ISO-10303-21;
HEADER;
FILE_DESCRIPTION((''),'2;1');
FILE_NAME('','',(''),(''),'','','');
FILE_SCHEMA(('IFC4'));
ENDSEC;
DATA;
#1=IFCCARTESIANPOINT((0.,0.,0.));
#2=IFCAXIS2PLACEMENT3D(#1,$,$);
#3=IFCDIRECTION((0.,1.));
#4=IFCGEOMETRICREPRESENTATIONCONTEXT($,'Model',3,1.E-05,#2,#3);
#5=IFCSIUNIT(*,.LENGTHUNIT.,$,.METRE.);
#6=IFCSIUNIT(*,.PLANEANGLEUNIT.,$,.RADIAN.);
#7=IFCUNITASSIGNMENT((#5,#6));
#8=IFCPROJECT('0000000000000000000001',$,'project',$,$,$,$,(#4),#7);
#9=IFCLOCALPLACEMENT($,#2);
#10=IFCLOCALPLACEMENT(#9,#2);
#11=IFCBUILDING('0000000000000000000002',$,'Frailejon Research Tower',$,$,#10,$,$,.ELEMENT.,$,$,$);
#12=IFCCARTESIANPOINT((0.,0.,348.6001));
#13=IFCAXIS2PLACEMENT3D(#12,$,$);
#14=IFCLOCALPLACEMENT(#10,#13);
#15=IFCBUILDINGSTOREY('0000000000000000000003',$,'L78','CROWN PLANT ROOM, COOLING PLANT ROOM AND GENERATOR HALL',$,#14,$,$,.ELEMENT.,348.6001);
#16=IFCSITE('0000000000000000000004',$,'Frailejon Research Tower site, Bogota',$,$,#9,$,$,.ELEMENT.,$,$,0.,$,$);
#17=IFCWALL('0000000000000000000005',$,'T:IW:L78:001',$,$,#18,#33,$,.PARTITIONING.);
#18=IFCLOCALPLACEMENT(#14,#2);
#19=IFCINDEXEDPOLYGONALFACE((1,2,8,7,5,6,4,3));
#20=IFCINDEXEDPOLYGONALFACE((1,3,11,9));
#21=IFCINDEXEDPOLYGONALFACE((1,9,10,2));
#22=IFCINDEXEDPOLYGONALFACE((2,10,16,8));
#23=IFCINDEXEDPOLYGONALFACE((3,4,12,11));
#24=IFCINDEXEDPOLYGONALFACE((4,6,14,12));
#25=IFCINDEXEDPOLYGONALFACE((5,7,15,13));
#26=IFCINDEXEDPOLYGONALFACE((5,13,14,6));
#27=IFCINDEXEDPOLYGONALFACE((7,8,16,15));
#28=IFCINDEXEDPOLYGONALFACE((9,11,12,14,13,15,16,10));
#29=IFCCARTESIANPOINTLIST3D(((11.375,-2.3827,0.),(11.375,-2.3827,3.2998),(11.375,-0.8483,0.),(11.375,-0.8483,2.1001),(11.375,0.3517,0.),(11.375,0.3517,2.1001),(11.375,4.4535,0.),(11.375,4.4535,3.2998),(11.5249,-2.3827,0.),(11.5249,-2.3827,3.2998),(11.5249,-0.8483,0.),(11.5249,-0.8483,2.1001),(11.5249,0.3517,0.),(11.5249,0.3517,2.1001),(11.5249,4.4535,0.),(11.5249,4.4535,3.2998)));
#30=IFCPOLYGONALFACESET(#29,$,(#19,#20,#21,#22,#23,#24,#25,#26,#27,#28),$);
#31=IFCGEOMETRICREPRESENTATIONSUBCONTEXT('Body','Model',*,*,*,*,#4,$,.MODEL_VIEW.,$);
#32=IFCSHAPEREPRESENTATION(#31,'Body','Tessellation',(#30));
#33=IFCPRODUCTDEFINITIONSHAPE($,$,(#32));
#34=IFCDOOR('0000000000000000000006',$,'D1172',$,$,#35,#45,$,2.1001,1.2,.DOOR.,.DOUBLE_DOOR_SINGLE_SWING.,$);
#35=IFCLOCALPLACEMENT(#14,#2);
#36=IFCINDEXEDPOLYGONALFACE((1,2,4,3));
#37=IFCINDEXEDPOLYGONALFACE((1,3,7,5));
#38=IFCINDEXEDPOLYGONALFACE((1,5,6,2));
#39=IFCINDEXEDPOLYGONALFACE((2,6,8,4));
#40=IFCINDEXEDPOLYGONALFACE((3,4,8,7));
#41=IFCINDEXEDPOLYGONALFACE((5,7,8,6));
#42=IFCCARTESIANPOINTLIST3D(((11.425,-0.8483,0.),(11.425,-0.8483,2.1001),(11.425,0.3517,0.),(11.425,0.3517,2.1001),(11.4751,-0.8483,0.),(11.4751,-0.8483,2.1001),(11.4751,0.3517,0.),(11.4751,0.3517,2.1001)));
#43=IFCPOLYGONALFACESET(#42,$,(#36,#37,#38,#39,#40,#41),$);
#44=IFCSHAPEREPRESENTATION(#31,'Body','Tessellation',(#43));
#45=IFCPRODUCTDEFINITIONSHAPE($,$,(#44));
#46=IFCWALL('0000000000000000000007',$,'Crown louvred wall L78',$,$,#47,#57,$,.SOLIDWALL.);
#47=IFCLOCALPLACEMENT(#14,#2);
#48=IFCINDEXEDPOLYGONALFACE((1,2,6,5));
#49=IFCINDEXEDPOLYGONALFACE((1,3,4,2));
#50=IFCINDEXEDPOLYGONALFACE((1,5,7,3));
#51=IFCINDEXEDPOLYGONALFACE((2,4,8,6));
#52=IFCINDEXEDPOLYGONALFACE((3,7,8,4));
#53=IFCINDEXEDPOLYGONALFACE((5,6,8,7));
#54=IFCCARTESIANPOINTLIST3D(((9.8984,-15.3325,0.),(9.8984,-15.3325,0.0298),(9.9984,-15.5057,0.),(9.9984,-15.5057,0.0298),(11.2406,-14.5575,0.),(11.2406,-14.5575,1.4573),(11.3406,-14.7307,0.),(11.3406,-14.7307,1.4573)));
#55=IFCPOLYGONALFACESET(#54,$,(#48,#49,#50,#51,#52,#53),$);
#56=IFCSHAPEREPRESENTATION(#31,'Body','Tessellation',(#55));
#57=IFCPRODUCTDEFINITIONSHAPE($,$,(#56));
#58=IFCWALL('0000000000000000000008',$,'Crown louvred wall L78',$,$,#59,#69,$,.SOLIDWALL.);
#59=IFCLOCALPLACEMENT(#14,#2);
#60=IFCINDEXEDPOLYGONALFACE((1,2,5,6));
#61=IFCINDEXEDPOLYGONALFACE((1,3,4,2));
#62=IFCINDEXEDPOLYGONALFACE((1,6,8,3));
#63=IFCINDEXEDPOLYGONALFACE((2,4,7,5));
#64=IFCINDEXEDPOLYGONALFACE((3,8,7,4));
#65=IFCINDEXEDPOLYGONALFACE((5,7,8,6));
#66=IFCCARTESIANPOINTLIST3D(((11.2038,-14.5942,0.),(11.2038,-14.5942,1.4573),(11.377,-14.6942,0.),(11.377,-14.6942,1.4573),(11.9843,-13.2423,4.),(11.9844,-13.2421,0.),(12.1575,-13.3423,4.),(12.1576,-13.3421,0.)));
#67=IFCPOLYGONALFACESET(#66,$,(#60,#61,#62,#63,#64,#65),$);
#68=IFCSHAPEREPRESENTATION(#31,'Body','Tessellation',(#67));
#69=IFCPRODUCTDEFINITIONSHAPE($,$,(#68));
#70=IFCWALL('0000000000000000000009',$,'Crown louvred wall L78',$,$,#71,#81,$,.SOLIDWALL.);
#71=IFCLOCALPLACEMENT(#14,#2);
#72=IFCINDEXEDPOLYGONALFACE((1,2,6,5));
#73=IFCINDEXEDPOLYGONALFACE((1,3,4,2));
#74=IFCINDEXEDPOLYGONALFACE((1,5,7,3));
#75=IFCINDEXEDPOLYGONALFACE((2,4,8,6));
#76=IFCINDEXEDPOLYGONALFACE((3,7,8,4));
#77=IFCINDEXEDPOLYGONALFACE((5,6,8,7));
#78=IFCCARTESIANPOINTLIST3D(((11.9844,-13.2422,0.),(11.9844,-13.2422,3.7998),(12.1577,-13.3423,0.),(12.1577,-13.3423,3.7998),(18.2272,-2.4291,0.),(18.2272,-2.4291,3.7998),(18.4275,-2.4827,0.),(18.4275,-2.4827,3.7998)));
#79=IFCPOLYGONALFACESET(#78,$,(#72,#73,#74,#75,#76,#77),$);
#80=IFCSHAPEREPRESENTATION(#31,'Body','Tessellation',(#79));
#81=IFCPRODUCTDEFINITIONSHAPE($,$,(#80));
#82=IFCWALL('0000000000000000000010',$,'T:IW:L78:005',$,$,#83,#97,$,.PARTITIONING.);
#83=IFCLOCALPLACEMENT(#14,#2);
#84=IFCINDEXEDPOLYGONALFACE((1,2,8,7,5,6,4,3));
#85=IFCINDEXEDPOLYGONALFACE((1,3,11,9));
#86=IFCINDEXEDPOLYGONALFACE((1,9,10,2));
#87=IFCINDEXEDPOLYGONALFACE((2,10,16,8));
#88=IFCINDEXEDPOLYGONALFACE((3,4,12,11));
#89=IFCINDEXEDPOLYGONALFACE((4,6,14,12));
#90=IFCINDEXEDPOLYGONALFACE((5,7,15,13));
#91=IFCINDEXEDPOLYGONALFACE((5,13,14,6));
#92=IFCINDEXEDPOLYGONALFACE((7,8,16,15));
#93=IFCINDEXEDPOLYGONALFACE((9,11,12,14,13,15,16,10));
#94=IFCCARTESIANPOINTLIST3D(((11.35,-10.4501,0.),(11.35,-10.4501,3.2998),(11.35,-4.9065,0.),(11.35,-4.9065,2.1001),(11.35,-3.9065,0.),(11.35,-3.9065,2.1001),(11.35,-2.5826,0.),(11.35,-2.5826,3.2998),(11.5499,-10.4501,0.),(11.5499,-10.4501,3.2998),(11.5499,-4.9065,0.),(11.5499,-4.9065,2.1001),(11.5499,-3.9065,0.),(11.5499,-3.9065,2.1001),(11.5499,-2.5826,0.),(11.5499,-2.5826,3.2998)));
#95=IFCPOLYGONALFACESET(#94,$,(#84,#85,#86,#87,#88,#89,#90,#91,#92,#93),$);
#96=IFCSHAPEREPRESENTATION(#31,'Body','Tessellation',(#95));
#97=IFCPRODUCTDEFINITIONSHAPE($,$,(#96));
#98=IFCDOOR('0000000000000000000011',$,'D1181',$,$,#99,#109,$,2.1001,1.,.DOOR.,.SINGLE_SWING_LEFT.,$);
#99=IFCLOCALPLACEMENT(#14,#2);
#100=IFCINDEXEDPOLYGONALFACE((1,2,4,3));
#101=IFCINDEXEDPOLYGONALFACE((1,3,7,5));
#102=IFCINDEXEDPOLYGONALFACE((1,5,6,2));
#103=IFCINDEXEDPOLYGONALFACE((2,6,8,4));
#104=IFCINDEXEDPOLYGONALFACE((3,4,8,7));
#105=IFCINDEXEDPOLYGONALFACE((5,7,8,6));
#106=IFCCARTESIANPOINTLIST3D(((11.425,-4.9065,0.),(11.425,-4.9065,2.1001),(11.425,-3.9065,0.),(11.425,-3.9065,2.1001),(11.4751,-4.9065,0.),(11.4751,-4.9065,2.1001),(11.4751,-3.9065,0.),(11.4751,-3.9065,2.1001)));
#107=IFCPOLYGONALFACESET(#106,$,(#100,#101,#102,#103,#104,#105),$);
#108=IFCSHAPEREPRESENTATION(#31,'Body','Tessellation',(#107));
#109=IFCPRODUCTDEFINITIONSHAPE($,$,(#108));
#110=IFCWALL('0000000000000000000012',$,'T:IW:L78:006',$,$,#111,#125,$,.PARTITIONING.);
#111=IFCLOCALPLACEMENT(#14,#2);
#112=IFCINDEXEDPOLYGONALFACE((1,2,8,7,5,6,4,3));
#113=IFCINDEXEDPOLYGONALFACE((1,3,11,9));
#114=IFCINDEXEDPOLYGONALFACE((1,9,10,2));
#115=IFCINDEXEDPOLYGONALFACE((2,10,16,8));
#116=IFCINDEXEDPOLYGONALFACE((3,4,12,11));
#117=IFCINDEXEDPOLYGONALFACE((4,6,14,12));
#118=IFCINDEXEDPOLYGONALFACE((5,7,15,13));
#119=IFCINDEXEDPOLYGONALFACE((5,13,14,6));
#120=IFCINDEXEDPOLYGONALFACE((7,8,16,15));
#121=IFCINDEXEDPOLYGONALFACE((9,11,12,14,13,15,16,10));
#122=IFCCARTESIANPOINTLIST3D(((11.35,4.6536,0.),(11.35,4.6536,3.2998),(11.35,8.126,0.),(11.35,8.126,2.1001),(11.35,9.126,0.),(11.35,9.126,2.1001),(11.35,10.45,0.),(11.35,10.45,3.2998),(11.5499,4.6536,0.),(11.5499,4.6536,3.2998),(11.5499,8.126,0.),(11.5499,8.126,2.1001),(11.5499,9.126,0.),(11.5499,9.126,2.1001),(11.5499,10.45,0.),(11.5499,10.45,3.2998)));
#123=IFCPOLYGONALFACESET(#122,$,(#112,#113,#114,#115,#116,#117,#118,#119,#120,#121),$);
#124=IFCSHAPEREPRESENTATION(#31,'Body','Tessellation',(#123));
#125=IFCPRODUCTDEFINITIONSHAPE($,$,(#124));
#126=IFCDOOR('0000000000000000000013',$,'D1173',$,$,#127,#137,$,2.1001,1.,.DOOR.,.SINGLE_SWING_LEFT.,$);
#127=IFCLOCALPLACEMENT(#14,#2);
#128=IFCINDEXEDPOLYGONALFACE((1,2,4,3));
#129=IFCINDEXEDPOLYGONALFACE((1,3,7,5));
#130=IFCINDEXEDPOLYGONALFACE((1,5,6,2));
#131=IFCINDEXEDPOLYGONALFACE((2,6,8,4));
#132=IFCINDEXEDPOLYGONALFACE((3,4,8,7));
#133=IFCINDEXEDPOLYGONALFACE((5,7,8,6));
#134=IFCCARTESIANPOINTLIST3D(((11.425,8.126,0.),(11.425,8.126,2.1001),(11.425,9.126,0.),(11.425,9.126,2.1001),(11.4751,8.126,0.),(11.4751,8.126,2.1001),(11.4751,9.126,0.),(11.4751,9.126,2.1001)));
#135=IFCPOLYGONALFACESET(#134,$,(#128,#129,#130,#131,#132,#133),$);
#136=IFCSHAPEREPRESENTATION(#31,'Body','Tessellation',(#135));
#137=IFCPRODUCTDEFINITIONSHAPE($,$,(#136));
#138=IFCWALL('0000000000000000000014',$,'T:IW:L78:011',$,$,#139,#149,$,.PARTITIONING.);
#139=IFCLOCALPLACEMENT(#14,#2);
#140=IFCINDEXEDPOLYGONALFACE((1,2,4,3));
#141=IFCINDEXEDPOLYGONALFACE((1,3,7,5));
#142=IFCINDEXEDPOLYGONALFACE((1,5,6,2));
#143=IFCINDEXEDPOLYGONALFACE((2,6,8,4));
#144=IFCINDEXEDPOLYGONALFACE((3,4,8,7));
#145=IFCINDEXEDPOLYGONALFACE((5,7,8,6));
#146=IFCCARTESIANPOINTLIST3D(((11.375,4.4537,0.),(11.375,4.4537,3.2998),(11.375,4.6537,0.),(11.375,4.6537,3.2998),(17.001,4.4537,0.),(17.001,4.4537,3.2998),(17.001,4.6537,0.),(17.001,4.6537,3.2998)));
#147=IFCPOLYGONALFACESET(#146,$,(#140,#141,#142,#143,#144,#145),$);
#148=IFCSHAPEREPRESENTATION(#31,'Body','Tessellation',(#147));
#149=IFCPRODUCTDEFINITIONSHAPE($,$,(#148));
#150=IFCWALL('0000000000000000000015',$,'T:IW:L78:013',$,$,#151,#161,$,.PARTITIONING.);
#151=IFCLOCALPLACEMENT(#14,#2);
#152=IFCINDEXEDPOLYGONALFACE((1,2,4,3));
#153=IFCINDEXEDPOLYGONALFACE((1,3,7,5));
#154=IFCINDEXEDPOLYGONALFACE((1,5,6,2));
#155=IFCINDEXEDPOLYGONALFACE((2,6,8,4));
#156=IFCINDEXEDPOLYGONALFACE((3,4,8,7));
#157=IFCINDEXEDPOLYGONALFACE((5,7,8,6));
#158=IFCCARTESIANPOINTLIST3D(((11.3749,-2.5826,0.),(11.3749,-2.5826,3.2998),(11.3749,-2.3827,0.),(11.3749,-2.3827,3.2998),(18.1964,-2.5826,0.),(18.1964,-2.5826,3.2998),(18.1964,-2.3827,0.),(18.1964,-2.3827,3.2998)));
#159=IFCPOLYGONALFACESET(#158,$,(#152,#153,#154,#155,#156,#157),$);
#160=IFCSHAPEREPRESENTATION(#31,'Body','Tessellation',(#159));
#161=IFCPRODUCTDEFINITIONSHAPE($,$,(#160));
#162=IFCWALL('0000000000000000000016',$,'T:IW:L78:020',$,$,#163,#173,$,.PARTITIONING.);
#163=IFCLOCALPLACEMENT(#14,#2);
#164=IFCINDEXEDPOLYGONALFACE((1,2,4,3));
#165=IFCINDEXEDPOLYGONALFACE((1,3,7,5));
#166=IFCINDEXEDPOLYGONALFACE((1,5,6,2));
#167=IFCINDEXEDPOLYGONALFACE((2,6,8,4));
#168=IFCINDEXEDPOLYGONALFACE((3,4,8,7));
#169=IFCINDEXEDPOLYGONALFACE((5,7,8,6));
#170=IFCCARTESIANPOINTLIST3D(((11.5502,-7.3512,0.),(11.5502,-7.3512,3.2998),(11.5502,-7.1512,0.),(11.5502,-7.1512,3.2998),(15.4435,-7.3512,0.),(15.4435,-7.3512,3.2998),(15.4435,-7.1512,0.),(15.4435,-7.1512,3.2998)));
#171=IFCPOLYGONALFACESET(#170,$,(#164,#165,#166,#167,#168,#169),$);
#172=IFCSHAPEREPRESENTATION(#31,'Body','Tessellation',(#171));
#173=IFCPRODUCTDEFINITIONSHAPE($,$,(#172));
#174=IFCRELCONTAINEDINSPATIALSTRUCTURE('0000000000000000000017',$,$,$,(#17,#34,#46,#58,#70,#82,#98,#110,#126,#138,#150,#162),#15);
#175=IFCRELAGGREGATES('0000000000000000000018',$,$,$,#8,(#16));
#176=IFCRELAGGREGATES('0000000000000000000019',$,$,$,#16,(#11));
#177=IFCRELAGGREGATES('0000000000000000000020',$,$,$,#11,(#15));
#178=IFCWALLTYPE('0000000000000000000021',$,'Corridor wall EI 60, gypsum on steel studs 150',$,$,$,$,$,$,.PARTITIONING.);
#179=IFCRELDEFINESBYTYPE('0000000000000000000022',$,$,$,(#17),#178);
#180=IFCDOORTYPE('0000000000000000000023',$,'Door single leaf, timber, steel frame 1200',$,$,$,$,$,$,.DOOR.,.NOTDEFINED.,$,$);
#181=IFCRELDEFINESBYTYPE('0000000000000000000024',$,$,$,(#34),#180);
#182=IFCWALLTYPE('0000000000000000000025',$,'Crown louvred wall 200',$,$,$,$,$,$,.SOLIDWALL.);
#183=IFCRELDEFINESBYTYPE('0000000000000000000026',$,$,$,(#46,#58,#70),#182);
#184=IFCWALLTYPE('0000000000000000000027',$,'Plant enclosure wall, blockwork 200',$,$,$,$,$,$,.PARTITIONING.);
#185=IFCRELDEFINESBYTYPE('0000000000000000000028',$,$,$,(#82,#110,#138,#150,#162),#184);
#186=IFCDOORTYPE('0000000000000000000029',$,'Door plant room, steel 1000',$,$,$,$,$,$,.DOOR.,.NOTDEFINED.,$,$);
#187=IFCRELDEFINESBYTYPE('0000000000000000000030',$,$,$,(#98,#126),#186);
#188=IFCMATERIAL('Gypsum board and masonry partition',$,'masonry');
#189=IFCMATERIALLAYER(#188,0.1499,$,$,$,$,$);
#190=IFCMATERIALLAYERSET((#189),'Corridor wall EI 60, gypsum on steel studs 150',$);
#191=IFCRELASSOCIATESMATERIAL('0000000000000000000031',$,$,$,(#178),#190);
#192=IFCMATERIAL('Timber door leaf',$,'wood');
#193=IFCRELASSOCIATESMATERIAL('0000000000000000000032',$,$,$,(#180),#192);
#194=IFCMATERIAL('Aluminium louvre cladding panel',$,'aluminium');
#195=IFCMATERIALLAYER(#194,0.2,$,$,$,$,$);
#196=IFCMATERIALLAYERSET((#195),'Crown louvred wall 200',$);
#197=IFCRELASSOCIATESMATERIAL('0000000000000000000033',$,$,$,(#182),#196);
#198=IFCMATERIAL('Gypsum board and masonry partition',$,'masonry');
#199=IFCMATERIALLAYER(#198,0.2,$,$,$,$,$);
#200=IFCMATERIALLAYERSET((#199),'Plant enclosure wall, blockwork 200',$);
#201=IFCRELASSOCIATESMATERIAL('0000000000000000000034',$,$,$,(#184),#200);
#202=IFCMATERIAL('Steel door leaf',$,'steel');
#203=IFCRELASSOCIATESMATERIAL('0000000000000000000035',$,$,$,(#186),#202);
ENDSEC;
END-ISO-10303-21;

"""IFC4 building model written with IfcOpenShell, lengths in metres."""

from ifc_helpers import new_model, si_unit, direction, frame, frame_2d, origin, place, context, subcontext, project, spatial, polyline, rectangle, outline, extrude, material, layer, layer_set, type_object, element, fill, save


model = new_model("IFC4")

# Units and contexts
model_context = context("Model", 3, precision=1e-05, world=origin(), true_north=direction((0.0, 1.0)))
body_context = subcontext(model_context, "Body", "Model", "MODEL_VIEW")
ifc_project = project(units=[si_unit("LENGTHUNIT", "METRE"), si_unit("PLANEANGLEUNIT", "RADIAN")], contexts=[model_context])

# Site, building, storey
site_placement = place(None, origin())
site = spatial("IfcSite", under=ifc_project, at=site_placement, Name="Frailejon Research Tower site, Bogota", CompositionType="ELEMENT", RefElevation=0.0)
building_placement = place(site_placement, origin())
building = spatial("IfcBuilding", under=site, at=building_placement, Name="Frailejon Research Tower", CompositionType="ELEMENT")
storey_placement = place(building_placement, frame((0.0, 0.0, 348.6001)))
storey = spatial("IfcBuildingStorey", under=building, at=storey_placement, Name="L78", Description="CROWN PLANT ROOM, COOLING PLANT ROOM AND GENERATOR HALL", CompositionType="ELEMENT", Elevation=348.6001)

# Wall, opening, door
ifc_material_1 = material(Name="Gypsum board and masonry partition", Category="masonry")
ifc_layer_1 = layer(ifc_material_1, 0.1499)
ifc_layer_set_1 = layer_set([ifc_layer_1], Name="Corridor wall EI 60, gypsum on steel studs 150")
wall_type_1 = type_object("IfcWallType", Name="Corridor wall EI 60, gypsum on steel studs 150", PredefinedType="PARTITIONING", material=ifc_layer_set_1)
wall_1_placement = place(storey_placement, frame((11.45, -2.3826, 0.0), z_axis=(0.0, 0.0, 1.0), x_axis=(0.0, 1.0, 0.0)))
wall_1 = element("IfcWall", 1, at=wall_1_placement, inside=storey, type_object=wall_type_1, Name="T:IW:L78:001", PredefinedType="PARTITIONING", context=body_context, shape_type="SweptSolid", body=[
    extrude(rectangle(XDim=6.8362, YDim=0.1499, at=frame_2d((3.418, 0.0))), origin(), (0.0, 0.0, 1.0), 3.2998),
])
opening_1_placement = place(wall_1_placement, frame((1.5342, 0.0, 0.0)))
opening_1 = element("IfcOpeningElement", 2, at=opening_1_placement, cuts=wall_1, PredefinedType="OPENING", context=body_context, shape_type="SweptSolid", body=[
    extrude(rectangle(XDim=1.2, YDim=2.1001, at=frame_2d((0.6001, 1.05))), frame((0.0, 0.085, 0.0), z_axis=(0.0, -1.0, 0.0), x_axis=(1.0, 0.0, 0.0)), (0.0, 0.0, 1.0), 0.1699),
])
ifc_material_2 = material(Name="Timber door leaf", Category="wood")
door_type_1 = type_object("IfcDoorType", Name="Door single leaf, timber, steel frame 1200", OperationType="NOTDEFINED", PredefinedType="DOOR", material=ifc_material_2)
door_1_placement = place(opening_1_placement, origin())
door_1 = element("IfcDoor", 3, at=door_1_placement, inside=storey, type_object=door_type_1, Name="D1172", OperationType="DOUBLE_DOOR_SINGLE_SWING", OverallHeight=2.1001, OverallWidth=1.2, PredefinedType="DOOR", context=body_context, shape_type="SweptSolid", body=[
    extrude(rectangle(XDim=1.2, YDim=2.1001, at=frame_2d((0.6001, 1.05))), frame((0.0, 0.0249, 0.0), z_axis=(0.0, -1.0, 0.0), x_axis=(1.0, 0.0, 0.0)), (0.0, 0.0, 1.0), 0.05),
])
fill(opening_1, door_1)

# Walls
ifc_material_3 = material(Name="Aluminium louvre cladding panel", Category="aluminium")
ifc_layer_2 = layer(ifc_material_3, 0.2)
ifc_layer_set_2 = layer_set([ifc_layer_2], Name="Crown louvred wall 200")
wall_type_2 = type_object("IfcWallType", Name="Crown louvred wall 200", PredefinedType="SOLIDWALL", material=ifc_layer_set_2)
wall_2_placement = place(storey_placement, frame((9.9485, -15.4192, 0.0), z_axis=(0.0, 0.0, 1.0), x_axis=(0.866005, 0.500036, 0.0)))
element("IfcWall", 4, at=wall_2_placement, inside=storey, type_object=wall_type_2, Name="Crown louvred wall L78", PredefinedType="SOLIDWALL", context=body_context, shape_type="SweptSolid", body=[
    extrude(outline(polyline([(0.0, 0.0), (1.5498, 0.0), (1.5498, 1.4573), (0.0, 0.0298), (0.0, 0.0)])), frame((0.0, 0.1001, 0.0), z_axis=(0.0, -1.0, 0.0), x_axis=(1.0, 0.0, 0.0)), (0.0, 0.0, 1.0), 0.2),
])
wall_3_placement = place(storey_placement, frame((11.2905, -14.6443, 0.0), z_axis=(0.0, 0.0, 1.0), x_axis=(0.499957, 0.86605, 0.0)))
element("IfcWall", 5, at=wall_3_placement, inside=storey, type_object=wall_type_2, Name="Crown louvred wall L78", PredefinedType="SOLIDWALL", context=body_context, shape_type="SweptSolid", body=[
    extrude(outline(polyline([(0.0, 0.0), (1.5613, 0.0), (1.561, 4.0), (0.0, 1.4573), (0.0, 0.0)])), frame((0.0, 0.1001, 0.0), z_axis=(0.0, -1.0, 0.0), x_axis=(1.0, 0.0, 0.0)), (0.0, 0.0, 1.0), 0.2),
])
wall_4_placement = place(storey_placement, frame((12.071, -13.2922, 0.0), z_axis=(0.0, 0.0, 1.0), x_axis=(0.499996, 0.866028, 0.0)))
element("IfcWall", 6, at=wall_4_placement, inside=storey, type_object=wall_type_2, Name="Crown louvred wall L78", PredefinedType="SOLIDWALL", context=body_context, shape_type="SweptSolid", body=[
    extrude(outline(polyline([(0.0, -0.1001), (12.5396, -0.1001), (12.4858, 0.1001), (0.0, 0.1001), (0.0, -0.1001)])), origin(), (0.0, 0.0, 1.0), 3.7998),
])

# Walls, openings, doors
ifc_material_4 = material(Name="Gypsum board and masonry partition", Category="masonry")
ifc_layer_3 = layer(ifc_material_4, 0.2)
ifc_layer_set_3 = layer_set([ifc_layer_3], Name="Plant enclosure wall, blockwork 200")
wall_type_3 = type_object("IfcWallType", Name="Plant enclosure wall, blockwork 200", PredefinedType="PARTITIONING", material=ifc_layer_set_3)
wall_5_placement = place(storey_placement, frame((11.45, -10.45, 0.0), z_axis=(0.0, 0.0, 1.0), x_axis=(0.0, 1.0, 0.0)))
wall_5 = element("IfcWall", 7, at=wall_5_placement, inside=storey, type_object=wall_type_3, Name="T:IW:L78:005", PredefinedType="PARTITIONING", context=body_context, shape_type="SweptSolid", body=[
    extrude(rectangle(XDim=7.8674, YDim=0.2, at=frame_2d((3.9336, 0.0))), origin(), (0.0, 0.0, 1.0), 3.2998),
])
opening_2_placement = place(wall_5_placement, frame((5.5435, 0.0, 0.0)))
opening_2 = element("IfcOpeningElement", 8, at=opening_2_placement, cuts=wall_5, PredefinedType="OPENING", context=body_context, shape_type="SweptSolid", body=[
    extrude(rectangle(XDim=1.0, YDim=2.1001, at=frame_2d((0.5, 1.05))), frame((0.0, 0.1099, 0.0), z_axis=(0.0, -1.0, 0.0), x_axis=(1.0, 0.0, 0.0)), (0.0, 0.0, 1.0), 0.22),
])
ifc_material_5 = material(Name="Steel door leaf", Category="steel")
door_type_2 = type_object("IfcDoorType", Name="Door plant room, steel 1000", OperationType="NOTDEFINED", PredefinedType="DOOR", material=ifc_material_5)
door_2_placement = place(opening_2_placement, origin())
door_2 = element("IfcDoor", 9, at=door_2_placement, inside=storey, type_object=door_type_2, Name="D1181", OperationType="SINGLE_SWING_LEFT", OverallHeight=2.1001, OverallWidth=1.0, PredefinedType="DOOR", context=body_context, shape_type="SweptSolid", body=[
    extrude(rectangle(XDim=1.0, YDim=2.1001, at=frame_2d((0.5, 1.05))), frame((0.0, 0.0249, 0.0), z_axis=(0.0, -1.0, 0.0), x_axis=(1.0, 0.0, 0.0)), (0.0, 0.0, 1.0), 0.05),
])
fill(opening_2, door_2)
wall_6_placement = place(storey_placement, frame((11.45, 4.6536, 0.0), z_axis=(0.0, 0.0, 1.0), x_axis=(0.0, 1.0, 0.0)))
wall_6 = element("IfcWall", 10, at=wall_6_placement, inside=storey, type_object=wall_type_3, Name="T:IW:L78:006", PredefinedType="PARTITIONING", context=body_context, shape_type="SweptSolid", body=[
    extrude(rectangle(XDim=5.7964, YDim=0.2, at=frame_2d((2.8982, 0.0))), origin(), (0.0, 0.0, 1.0), 3.2998),
])
opening_3_placement = place(wall_6_placement, frame((3.4724, 0.0, 0.0)))
opening_3 = element("IfcOpeningElement", 11, at=opening_3_placement, cuts=wall_6, PredefinedType="OPENING", context=body_context, shape_type="SweptSolid", body=[
    extrude(rectangle(XDim=1.0, YDim=2.1001, at=frame_2d((0.5, 1.05))), frame((0.0, 0.1099, 0.0), z_axis=(0.0, -1.0, 0.0), x_axis=(1.0, 0.0, 0.0)), (0.0, 0.0, 1.0), 0.22),
])
door_3_placement = place(opening_3_placement, origin())
door_3 = element("IfcDoor", 12, at=door_3_placement, inside=storey, type_object=door_type_2, Name="D1173", OperationType="SINGLE_SWING_LEFT", OverallHeight=2.1001, OverallWidth=1.0, PredefinedType="DOOR", context=body_context, shape_type="SweptSolid", body=[
    extrude(rectangle(XDim=1.0, YDim=2.1001, at=frame_2d((0.5, 1.05))), frame((0.0, 0.0249, 0.0), z_axis=(0.0, -1.0, 0.0), x_axis=(1.0, 0.0, 0.0)), (0.0, 0.0, 1.0), 0.05),
])
fill(opening_3, door_3)

# Walls
wall_7_placement = place(storey_placement, frame((11.375, 4.5537, 0.0), z_axis=(0.0, 0.0, 1.0), x_axis=(1.0, 0.0, 0.0)))
element("IfcWall", 13, at=wall_7_placement, inside=storey, type_object=wall_type_3, Name="T:IW:L78:011", PredefinedType="PARTITIONING", context=body_context, shape_type="SweptSolid", body=[
    extrude(rectangle(XDim=5.626, YDim=0.2, at=frame_2d((2.813, 0.0))), origin(), (0.0, 0.0, 1.0), 3.2998),
])
wall_8_placement = place(storey_placement, frame((11.375, -2.4827, 0.0), z_axis=(0.0, 0.0, 1.0), x_axis=(1.0, 0.0, 0.0)))
element("IfcWall", 14, at=wall_8_placement, inside=storey, type_object=wall_type_3, Name="T:IW:L78:013", PredefinedType="PARTITIONING", context=body_context, shape_type="SweptSolid", body=[
    extrude(rectangle(XDim=6.8215, YDim=0.2, at=frame_2d((3.4106, 0.0))), origin(), (0.0, 0.0, 1.0), 3.2998),
])
wall_9_placement = place(storey_placement, frame((11.55, -7.2512, 0.0), z_axis=(0.0, 0.0, 1.0), x_axis=(1.0, 0.0, 0.0)))
element("IfcWall", 15, at=wall_9_placement, inside=storey, type_object=wall_type_3, Name="T:IW:L78:020", PredefinedType="PARTITIONING", context=body_context, shape_type="SweptSolid", body=[
    extrude(rectangle(XDim=3.8933, YDim=0.2, at=frame_2d((1.9468, 0.0))), origin(), (0.0, 0.0, 1.0), 3.2998),
])

save(model, "model.ifc")
